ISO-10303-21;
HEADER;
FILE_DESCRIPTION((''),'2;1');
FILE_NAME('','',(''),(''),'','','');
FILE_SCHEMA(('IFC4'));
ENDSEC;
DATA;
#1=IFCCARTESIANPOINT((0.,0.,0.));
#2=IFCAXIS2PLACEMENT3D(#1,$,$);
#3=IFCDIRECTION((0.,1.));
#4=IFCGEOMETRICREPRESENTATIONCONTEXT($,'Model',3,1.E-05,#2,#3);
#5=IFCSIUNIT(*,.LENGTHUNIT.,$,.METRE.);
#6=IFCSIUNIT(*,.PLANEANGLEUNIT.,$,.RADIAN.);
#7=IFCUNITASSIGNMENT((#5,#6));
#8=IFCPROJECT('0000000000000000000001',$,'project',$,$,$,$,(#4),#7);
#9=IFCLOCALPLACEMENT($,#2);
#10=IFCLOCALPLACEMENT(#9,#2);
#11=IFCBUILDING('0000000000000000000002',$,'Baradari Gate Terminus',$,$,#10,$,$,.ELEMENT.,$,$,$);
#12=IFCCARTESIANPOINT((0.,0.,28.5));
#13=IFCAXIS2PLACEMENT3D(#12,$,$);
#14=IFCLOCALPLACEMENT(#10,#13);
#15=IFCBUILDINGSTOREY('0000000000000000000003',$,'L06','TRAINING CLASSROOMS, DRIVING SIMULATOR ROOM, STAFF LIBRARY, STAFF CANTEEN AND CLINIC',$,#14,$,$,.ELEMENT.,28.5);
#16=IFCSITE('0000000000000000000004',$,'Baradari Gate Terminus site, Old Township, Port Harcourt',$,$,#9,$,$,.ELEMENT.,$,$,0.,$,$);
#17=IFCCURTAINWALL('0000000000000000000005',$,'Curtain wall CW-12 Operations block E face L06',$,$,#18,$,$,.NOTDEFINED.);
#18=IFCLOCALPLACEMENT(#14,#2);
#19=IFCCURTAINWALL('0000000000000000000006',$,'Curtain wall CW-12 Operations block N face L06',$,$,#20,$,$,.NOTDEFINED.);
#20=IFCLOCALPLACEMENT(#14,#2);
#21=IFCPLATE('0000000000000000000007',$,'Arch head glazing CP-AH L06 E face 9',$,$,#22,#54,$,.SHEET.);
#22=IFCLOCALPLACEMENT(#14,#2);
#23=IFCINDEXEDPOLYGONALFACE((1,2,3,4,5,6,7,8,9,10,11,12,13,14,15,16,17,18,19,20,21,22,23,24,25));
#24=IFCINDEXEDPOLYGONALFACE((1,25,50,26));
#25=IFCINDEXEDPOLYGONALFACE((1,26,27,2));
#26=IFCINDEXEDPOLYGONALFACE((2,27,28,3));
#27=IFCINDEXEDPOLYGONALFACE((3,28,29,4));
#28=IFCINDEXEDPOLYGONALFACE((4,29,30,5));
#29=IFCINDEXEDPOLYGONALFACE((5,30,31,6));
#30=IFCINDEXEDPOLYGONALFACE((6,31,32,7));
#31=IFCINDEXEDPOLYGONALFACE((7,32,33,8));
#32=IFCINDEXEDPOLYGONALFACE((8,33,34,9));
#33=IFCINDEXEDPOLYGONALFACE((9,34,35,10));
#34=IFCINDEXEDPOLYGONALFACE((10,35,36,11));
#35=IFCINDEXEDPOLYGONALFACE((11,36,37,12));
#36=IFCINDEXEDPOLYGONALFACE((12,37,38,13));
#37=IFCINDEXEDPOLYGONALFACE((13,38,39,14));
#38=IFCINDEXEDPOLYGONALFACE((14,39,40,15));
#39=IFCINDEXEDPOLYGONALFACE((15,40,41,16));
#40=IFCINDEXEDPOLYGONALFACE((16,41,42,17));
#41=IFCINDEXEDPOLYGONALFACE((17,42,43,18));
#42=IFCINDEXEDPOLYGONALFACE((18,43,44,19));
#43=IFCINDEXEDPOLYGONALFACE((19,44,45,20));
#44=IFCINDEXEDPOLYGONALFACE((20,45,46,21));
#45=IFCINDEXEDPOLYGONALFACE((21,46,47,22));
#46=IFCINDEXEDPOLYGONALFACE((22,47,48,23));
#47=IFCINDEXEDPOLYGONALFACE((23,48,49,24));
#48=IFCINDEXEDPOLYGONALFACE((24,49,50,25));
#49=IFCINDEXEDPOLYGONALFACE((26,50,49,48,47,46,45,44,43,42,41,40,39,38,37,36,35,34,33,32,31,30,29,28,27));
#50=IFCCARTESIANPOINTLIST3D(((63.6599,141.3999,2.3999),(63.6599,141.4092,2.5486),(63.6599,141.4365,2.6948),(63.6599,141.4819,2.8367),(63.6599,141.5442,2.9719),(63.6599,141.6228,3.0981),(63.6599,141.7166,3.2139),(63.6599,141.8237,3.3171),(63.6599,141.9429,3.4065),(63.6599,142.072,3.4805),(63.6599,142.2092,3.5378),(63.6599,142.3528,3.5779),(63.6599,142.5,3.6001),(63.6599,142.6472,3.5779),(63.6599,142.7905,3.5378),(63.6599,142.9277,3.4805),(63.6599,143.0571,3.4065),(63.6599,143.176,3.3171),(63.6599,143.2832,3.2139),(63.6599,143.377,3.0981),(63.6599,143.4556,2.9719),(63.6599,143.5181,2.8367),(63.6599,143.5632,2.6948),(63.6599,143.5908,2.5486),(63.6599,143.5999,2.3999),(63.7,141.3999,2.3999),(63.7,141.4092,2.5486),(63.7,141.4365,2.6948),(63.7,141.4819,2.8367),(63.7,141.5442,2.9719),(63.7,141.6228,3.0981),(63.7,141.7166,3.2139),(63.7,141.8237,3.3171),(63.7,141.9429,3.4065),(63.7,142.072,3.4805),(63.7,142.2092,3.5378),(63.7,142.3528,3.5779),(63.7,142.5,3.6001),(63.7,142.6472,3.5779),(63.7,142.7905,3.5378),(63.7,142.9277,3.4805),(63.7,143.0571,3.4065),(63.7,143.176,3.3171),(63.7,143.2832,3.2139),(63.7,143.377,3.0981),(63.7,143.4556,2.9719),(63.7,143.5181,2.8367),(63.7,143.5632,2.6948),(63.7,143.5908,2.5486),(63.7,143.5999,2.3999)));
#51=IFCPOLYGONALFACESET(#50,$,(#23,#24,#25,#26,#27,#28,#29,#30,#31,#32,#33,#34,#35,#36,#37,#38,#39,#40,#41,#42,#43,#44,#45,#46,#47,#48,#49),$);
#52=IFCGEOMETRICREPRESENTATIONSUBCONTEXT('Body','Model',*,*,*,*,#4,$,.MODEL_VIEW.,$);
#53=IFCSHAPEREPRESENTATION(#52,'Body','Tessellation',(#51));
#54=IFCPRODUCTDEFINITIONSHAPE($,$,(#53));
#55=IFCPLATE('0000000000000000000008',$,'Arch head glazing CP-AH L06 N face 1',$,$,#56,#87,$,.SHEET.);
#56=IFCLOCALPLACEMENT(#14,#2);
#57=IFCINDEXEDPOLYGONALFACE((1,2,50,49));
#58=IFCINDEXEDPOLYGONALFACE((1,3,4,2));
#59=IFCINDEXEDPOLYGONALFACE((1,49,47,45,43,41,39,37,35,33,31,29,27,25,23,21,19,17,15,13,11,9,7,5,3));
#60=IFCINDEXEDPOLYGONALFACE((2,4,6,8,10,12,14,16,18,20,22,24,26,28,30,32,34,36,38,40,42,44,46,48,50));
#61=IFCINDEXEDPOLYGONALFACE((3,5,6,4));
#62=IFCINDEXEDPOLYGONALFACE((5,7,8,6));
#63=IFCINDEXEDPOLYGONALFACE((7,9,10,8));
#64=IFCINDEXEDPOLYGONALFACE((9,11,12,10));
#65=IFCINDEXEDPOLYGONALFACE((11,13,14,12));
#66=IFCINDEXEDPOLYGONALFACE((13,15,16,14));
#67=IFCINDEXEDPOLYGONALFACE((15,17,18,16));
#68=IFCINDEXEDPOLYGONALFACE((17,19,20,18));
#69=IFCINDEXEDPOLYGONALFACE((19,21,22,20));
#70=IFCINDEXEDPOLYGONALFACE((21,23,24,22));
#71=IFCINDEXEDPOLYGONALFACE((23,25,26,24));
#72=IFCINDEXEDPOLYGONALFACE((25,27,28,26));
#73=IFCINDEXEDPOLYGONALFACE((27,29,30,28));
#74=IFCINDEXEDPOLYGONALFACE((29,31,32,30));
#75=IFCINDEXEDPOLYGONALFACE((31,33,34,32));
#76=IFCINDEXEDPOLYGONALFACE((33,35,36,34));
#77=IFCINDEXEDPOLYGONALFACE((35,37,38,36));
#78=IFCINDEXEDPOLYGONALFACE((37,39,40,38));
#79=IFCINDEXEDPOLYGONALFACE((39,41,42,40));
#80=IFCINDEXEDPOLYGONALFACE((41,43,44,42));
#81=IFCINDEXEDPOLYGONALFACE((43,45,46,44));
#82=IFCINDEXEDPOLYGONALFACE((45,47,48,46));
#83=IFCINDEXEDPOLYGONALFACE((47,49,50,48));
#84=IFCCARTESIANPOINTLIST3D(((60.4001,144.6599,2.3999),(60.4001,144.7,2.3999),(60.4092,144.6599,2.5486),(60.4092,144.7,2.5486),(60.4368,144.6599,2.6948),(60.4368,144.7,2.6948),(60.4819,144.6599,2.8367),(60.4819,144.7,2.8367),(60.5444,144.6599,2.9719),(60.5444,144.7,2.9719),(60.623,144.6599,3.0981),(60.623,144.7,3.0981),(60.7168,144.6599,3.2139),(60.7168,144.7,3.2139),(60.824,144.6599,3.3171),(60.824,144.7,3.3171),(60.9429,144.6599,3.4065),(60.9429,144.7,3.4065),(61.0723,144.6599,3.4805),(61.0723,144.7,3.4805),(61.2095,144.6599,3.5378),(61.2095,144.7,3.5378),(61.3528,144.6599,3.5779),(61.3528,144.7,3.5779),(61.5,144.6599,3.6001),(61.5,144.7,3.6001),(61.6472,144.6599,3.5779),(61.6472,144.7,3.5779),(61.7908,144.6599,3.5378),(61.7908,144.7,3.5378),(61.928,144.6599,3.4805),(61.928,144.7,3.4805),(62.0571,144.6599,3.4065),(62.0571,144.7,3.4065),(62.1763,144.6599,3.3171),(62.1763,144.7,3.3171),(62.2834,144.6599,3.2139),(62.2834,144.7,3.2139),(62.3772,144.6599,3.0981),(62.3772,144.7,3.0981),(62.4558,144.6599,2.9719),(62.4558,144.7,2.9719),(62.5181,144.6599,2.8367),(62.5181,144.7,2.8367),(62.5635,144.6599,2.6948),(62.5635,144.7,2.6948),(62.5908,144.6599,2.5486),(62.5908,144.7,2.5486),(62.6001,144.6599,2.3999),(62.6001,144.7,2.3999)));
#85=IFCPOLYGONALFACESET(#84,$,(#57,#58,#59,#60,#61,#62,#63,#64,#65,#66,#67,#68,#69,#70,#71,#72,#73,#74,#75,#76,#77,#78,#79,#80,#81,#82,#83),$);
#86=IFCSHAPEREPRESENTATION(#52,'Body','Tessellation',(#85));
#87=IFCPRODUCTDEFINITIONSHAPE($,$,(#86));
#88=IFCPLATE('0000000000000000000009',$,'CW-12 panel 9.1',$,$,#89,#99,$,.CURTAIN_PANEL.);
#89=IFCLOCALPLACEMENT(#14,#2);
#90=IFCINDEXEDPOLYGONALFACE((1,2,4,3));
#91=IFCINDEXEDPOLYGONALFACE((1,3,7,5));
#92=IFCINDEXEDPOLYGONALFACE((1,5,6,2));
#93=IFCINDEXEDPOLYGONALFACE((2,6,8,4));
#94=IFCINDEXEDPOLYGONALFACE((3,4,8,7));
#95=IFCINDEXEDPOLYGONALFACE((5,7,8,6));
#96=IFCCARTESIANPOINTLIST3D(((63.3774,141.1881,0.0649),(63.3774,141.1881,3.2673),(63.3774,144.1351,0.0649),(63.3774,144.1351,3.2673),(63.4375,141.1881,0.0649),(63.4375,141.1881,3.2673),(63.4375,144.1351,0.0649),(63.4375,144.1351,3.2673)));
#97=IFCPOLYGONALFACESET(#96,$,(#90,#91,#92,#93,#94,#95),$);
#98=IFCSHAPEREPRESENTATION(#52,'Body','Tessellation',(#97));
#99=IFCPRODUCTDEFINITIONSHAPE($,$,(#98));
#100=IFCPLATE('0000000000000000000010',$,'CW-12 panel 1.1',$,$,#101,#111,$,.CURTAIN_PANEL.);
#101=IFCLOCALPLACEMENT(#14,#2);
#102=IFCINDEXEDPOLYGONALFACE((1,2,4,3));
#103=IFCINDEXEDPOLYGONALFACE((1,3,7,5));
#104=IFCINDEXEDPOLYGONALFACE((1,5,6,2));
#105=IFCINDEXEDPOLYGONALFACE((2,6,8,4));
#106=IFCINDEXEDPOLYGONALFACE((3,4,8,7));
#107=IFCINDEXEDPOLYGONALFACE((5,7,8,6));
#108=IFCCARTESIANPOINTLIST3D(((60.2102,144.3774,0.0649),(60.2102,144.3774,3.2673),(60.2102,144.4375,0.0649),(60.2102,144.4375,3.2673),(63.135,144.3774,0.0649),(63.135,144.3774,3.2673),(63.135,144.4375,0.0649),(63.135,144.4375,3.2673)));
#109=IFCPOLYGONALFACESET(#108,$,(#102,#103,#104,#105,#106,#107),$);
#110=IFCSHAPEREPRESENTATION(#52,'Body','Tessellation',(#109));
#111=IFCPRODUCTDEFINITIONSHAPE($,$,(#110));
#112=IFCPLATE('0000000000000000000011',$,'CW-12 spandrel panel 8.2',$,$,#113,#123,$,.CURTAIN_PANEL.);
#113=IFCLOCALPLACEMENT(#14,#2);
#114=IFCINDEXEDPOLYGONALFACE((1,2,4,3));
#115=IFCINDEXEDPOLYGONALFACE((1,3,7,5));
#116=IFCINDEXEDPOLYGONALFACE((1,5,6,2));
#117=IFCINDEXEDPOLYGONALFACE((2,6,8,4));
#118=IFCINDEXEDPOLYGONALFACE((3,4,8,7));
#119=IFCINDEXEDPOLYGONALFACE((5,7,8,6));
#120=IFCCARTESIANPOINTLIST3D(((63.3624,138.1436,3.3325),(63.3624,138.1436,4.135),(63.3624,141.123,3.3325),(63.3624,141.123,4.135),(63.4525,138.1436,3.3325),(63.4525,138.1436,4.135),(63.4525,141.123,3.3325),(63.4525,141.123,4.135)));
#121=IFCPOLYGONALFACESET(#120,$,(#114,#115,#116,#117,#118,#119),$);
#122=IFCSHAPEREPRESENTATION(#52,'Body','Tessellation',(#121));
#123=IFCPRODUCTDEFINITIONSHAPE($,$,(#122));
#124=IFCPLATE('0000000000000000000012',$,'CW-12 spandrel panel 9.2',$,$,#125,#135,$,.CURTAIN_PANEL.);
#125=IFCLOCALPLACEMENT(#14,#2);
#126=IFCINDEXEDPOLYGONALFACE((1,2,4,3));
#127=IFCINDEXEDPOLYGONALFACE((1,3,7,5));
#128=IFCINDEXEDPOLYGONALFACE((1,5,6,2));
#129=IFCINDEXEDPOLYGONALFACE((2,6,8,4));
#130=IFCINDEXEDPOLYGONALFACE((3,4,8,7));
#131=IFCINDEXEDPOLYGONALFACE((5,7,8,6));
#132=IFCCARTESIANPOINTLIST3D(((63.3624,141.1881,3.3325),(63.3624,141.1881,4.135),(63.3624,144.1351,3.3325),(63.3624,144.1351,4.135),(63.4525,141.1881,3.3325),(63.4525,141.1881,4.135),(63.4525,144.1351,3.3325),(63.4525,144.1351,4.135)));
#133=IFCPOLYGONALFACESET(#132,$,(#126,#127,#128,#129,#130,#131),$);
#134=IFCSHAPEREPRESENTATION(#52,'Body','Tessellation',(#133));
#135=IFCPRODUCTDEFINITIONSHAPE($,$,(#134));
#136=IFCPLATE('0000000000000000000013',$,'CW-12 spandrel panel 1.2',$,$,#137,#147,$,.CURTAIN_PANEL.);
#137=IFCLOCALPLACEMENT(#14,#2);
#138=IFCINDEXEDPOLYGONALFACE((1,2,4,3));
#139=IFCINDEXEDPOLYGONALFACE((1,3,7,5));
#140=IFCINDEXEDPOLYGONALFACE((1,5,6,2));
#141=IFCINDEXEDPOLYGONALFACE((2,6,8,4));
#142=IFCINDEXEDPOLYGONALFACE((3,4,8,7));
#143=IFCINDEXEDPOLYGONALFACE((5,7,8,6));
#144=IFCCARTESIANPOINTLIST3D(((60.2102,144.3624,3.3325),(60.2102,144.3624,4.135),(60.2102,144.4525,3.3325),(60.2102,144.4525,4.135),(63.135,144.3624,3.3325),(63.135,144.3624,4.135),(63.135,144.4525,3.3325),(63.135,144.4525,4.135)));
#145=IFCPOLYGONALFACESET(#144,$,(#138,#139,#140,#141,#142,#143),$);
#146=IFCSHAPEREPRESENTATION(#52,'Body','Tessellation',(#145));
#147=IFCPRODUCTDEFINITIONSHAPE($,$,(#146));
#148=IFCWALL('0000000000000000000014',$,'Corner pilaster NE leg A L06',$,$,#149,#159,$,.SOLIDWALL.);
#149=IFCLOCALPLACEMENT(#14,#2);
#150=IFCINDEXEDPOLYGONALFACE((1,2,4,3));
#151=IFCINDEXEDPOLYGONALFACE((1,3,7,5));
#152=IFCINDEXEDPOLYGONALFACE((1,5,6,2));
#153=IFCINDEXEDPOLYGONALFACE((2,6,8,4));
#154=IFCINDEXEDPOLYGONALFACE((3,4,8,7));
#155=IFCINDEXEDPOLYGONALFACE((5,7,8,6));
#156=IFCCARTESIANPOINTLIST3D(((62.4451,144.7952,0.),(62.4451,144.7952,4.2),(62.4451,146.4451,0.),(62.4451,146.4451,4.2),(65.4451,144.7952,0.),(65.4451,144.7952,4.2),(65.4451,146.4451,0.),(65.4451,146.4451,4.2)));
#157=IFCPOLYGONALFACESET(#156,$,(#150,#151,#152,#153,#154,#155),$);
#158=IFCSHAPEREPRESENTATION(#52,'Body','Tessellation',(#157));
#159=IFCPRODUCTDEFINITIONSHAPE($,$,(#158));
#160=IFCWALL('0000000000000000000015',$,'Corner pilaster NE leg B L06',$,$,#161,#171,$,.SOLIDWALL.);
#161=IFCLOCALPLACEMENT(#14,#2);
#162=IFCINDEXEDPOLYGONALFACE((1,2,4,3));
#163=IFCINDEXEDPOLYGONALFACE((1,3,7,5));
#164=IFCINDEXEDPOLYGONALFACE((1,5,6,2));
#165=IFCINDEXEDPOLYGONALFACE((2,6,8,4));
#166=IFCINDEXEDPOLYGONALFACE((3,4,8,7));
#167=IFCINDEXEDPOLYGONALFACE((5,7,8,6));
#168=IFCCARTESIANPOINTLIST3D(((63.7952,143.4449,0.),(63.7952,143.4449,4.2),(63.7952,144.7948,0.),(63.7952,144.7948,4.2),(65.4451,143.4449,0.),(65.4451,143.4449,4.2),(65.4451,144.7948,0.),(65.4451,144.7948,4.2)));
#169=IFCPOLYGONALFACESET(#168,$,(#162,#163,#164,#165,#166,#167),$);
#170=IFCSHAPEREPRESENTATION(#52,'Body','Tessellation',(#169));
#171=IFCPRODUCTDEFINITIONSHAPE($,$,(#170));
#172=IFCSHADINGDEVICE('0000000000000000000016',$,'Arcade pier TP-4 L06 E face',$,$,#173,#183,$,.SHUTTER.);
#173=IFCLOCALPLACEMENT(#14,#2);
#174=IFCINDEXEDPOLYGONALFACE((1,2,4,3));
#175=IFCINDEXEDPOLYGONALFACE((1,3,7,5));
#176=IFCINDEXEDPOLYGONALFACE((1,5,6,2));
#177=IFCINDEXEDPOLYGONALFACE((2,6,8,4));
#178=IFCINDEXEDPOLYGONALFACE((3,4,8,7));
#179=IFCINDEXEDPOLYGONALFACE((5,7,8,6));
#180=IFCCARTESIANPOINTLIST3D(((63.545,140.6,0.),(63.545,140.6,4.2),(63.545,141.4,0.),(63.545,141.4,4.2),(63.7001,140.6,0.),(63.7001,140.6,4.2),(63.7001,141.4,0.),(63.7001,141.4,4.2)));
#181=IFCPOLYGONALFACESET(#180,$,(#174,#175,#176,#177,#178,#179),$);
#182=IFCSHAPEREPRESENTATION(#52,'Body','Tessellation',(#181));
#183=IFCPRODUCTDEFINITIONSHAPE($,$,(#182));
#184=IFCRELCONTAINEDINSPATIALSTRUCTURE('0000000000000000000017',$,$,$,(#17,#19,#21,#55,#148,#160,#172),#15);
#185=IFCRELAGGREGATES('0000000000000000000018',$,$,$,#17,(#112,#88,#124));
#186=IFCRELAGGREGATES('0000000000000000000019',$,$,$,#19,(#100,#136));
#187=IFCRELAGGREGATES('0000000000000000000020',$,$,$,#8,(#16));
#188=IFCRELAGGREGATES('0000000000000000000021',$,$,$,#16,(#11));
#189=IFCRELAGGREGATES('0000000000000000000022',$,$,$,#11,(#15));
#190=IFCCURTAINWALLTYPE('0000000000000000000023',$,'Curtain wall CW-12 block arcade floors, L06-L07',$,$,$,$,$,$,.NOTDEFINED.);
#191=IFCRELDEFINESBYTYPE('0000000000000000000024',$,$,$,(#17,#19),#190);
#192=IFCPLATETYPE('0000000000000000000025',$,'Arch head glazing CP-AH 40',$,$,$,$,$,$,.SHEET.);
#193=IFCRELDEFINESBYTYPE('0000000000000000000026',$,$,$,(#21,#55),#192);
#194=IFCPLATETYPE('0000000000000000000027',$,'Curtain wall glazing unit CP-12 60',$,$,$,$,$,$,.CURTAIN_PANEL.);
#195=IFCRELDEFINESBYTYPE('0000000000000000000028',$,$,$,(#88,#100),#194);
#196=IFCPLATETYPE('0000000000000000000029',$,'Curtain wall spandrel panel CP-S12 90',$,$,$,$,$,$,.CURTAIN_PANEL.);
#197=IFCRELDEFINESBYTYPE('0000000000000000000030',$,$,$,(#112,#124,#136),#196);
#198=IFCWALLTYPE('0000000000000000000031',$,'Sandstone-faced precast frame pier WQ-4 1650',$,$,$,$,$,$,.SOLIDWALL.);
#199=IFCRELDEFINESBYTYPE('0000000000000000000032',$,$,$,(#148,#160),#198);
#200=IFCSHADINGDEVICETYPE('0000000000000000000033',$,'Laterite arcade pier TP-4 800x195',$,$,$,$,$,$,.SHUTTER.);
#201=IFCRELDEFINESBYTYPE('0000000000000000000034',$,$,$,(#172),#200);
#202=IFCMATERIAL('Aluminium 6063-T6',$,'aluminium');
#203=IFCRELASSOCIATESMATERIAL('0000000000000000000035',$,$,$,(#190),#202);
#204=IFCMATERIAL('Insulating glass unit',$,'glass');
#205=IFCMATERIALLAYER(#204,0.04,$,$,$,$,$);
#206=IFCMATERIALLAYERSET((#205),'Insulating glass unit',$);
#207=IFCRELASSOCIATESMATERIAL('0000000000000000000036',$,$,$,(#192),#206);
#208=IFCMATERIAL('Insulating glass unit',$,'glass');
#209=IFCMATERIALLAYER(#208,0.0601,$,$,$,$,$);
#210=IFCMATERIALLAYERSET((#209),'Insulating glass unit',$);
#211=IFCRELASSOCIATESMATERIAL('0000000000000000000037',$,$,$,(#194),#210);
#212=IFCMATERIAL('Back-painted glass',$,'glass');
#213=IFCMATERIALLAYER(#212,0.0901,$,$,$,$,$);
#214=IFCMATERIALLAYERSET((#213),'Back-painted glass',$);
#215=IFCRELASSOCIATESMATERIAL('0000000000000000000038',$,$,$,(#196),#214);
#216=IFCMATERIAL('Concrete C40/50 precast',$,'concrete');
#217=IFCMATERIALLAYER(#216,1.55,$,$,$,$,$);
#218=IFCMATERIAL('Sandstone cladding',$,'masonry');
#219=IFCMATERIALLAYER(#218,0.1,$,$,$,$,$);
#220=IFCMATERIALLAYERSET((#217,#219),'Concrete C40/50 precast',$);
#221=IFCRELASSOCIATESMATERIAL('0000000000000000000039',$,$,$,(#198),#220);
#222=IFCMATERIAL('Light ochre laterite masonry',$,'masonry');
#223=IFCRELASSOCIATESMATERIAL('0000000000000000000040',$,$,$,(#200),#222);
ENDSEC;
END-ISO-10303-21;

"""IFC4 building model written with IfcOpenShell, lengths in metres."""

from ifc_helpers import new_model, si_unit, direction, frame, frame_2d, origin, origin_2d, place, context, subcontext, project, spatial, polyline, rectangle, outline, extrude, material, layer, layer_set, type_object, element, aggregate, save


model = new_model("IFC4")

# Units and contexts
model_context = context("Model", 3, precision=1e-05, world=origin(), true_north=direction((0.0, 1.0)))
body_context = subcontext(model_context, "Body", "Model", "MODEL_VIEW")
ifc_project = project(units=[si_unit("LENGTHUNIT", "METRE"), si_unit("PLANEANGLEUNIT", "RADIAN")], contexts=[model_context])

# Site, building, storey
site_placement = place(None, origin())
site = spatial("IfcSite", under=ifc_project, at=site_placement, Name="Baradari Gate Terminus site, Old Township, Port Harcourt", CompositionType="ELEMENT", RefElevation=0.0)
building_placement = place(site_placement, origin())
building = spatial("IfcBuilding", under=site, at=building_placement, Name="Baradari Gate Terminus", CompositionType="ELEMENT")
storey_placement = place(building_placement, frame((0.0, 0.0, 28.5)))
storey = spatial("IfcBuildingStorey", under=building, at=storey_placement, Name="L06", Description="TRAINING CLASSROOMS, DRIVING SIMULATOR ROOM, STAFF LIBRARY, STAFF CANTEEN AND CLINIC", CompositionType="ELEMENT", Elevation=28.5)

# Curtain wall
ifc_material_1 = material(Name="Aluminium 6063-T6", Category="aluminium")
curtain_wall_type = type_object("IfcCurtainWallType", Name="Curtain wall CW-12 block arcade floors, L06-L07", PredefinedType="NOTDEFINED", material=ifc_material_1)
curtain_wall_1_placement = place(storey_placement, origin())
curtain_wall_1 = element("IfcCurtainWall", 1, at=curtain_wall_1_placement, inside=storey, type_object=curtain_wall_type, Name="Curtain wall CW-12 Operations block E face L06", PredefinedType="NOTDEFINED")

# Curtain wall
curtain_wall_2_placement = place(storey_placement, origin())
curtain_wall_2 = element("IfcCurtainWall", 2, at=curtain_wall_2_placement, inside=storey, type_object=curtain_wall_type, Name="Curtain wall CW-12 Operations block N face L06", PredefinedType="NOTDEFINED")

# Plates
ifc_material_2 = material(Name="Insulating glass unit", Category="glass")
ifc_layer_1 = layer(ifc_material_2, 0.04)
ifc_layer_set_1 = layer_set([ifc_layer_1], Name="Insulating glass unit")
plate_type_1 = type_object("IfcPlateType", Name="Arch head glazing CP-AH 40", PredefinedType="SHEET", material=ifc_layer_set_1)
for number, where, z_axis, x_axis, name in (
    (3, (63.6799, 141.3999, 2.3999), (0.0, 0.0, 1.0), (0.0, 1.0, 0.0), "Arch head glazing CP-AH L06 E face 9"),
    (4, (62.6001, 144.6799, 2.3999), (0.0, 0.0, 1.0), (-1.0, 0.0, 0.0), "Arch head glazing CP-AH L06 N face 1"),
):
    element("IfcPlate", number, at=place(storey_placement, frame(where, z_axis=z_axis, x_axis=x_axis)), inside=storey, type_object=plate_type_1, Name=name, PredefinedType="SHEET", context=body_context, shape_type="SweptSolid", body=[
        extrude(outline(polyline([(0.0, 0.0), (2.2, 0.0), (2.1909, 0.1487), (2.1633, 0.2949), (2.1182, 0.4368), (2.0557, 0.572), (1.9771, 0.6982), (1.8833, 0.814), (1.7761, 0.9172), (1.6572, 1.0066), (1.5278, 1.0806), (1.3906, 1.1379), (1.2473, 1.178), (1.1001, 1.2002), (0.9529, 1.178), (0.8093, 1.1379), (0.6721, 1.0806), (0.543, 1.0066), (0.4238, 0.9172), (0.3167, 0.814), (0.2229, 0.6982), (0.1443, 0.572), (0.082, 0.4368), (0.0366, 0.2949), (0.0093, 0.1487), (0.0, 0.0)])), frame((0.0, 0.02, 0.0), z_axis=(0.0, -1.0, 0.0), x_axis=(1.0, 0.0, 0.0)), (0.0, 0.0, 1.0), 0.04),
    ])

# Plates
ifc_material_3 = material(Name="Insulating glass unit", Category="glass")
ifc_layer_2 = layer(ifc_material_3, 0.0601)
ifc_layer_set_2 = layer_set([ifc_layer_2], Name="Insulating glass unit")
plate_type_2 = type_object("IfcPlateType", Name="Curtain wall glazing unit CP-12 60", PredefinedType="CURTAIN_PANEL", material=ifc_layer_set_2)
plate_1_placement = place(storey_placement, frame((63.4075, 142.6616, 0.0649), z_axis=(0.0, 0.0, 1.0), x_axis=(0.0, 1.0, 0.0)))
plate_1 = element("IfcPlate", 5, at=plate_1_placement, type_object=plate_type_2, Name="CW-12 panel 9.1", PredefinedType="CURTAIN_PANEL", context=body_context, shape_type="SweptSolid", body=[
    extrude(rectangle(XDim=2.947, YDim=0.0601, at=origin_2d()), origin(), (0.0, 0.0, 1.0), 3.2024),
])
plate_2_placement = place(storey_placement, frame((61.6726, 144.4075, 0.0649), z_axis=(0.0, 0.0, 1.0), x_axis=(-1.0, 0.0, 0.0)))
plate_2 = element("IfcPlate", 6, at=plate_2_placement, type_object=plate_type_2, Name="CW-12 panel 1.1", PredefinedType="CURTAIN_PANEL", context=body_context, shape_type="SweptSolid", body=[
    extrude(rectangle(XDim=2.9248, YDim=0.0601, at=origin_2d()), origin(), (0.0, 0.0, 1.0), 3.2024),
])
ifc_material_4 = material(Name="Back-painted glass", Category="glass")
ifc_layer_3 = layer(ifc_material_4, 0.0901)
ifc_layer_set_3 = layer_set([ifc_layer_3], Name="Back-painted glass")
plate_type_3 = type_object("IfcPlateType", Name="Curtain wall spandrel panel CP-S12 90", PredefinedType="CURTAIN_PANEL", material=ifc_layer_set_3)
plate_3_placement = place(storey_placement, frame((63.4075, 139.6333, 3.3325), z_axis=(0.0, 0.0, 1.0), x_axis=(0.0, 1.0, 0.0)))
plate_3 = element("IfcPlate", 7, at=plate_3_placement, type_object=plate_type_3, Name="CW-12 spandrel panel 8.2", PredefinedType="CURTAIN_PANEL", context=body_context, shape_type="SweptSolid", body=[
    extrude(rectangle(XDim=2.9795, YDim=0.0901, at=origin_2d()), origin(), (0.0, 0.0, 1.0), 0.8025),
])
plate_4_placement = place(storey_placement, frame((63.4075, 142.6616, 3.3325), z_axis=(0.0, 0.0, 1.0), x_axis=(0.0, 1.0, 0.0)))
plate_4 = element("IfcPlate", 8, at=plate_4_placement, type_object=plate_type_3, Name="CW-12 spandrel panel 9.2", PredefinedType="CURTAIN_PANEL", context=body_context, shape_type="SweptSolid", body=[
    extrude(rectangle(XDim=2.947, YDim=0.0901, at=origin_2d()), origin(), (0.0, 0.0, 1.0), 0.8025),
])
aggregate(curtain_wall_1, [plate_3, plate_1, plate_4])
plate_5_placement = place(storey_placement, frame((61.6726, 144.4075, 3.3325), z_axis=(0.0, 0.0, 1.0), x_axis=(-1.0, 0.0, 0.0)))
plate_5 = element("IfcPlate", 9, at=plate_5_placement, type_object=plate_type_3, Name="CW-12 spandrel panel 1.2", PredefinedType="CURTAIN_PANEL", context=body_context, shape_type="SweptSolid", body=[
    extrude(rectangle(XDim=2.9248, YDim=0.0901, at=origin_2d()), origin(), (0.0, 0.0, 1.0), 0.8025),
])
aggregate(curtain_wall_2, [plate_2, plate_5])

# Walls
ifc_material_5 = material(Name="Concrete C40/50 precast", Category="concrete")
ifc_layer_4 = layer(ifc_material_5, 1.55)
ifc_material_6 = material(Name="Sandstone cladding", Category="masonry")
ifc_layer_5 = layer(ifc_material_6, 0.1)
ifc_layer_set_4 = layer_set([ifc_layer_4, ifc_layer_5], Name="Concrete C40/50 precast")
wall_type = type_object("IfcWallType", Name="Sandstone-faced precast frame pier WQ-4 1650", PredefinedType="SOLIDWALL", material=ifc_layer_set_4)
wall_1_placement = place(storey_placement, frame((62.4451, 145.6201, 0.0), z_axis=(0.0, 0.0, 1.0), x_axis=(1.0, 0.0, 0.0)))
element("IfcWall", 10, at=wall_1_placement, inside=storey, type_object=wall_type, Name="Corner pilaster NE leg A L06", PredefinedType="SOLIDWALL", context=body_context, shape_type="SweptSolid", body=[
    extrude(rectangle(XDim=3.0, YDim=1.6499, at=frame_2d((1.5, 0.0))), origin(), (0.0, 0.0, 1.0), 4.2),
])
wall_2_placement = place(storey_placement, frame((64.6201, 143.4451, 0.0), z_axis=(0.0, 0.0, 1.0), x_axis=(0.0, 1.0, 0.0)))
element("IfcWall", 11, at=wall_2_placement, inside=storey, type_object=wall_type, Name="Corner pilaster NE leg B L06", PredefinedType="SOLIDWALL", context=body_context, shape_type="SweptSolid", body=[
    extrude(rectangle(XDim=1.3499, YDim=1.6499, at=frame_2d((0.6748, 0.0))), origin(), (0.0, 0.0, 1.0), 4.2),
])

# Shading device
ifc_material_7 = material(Name="Light ochre laterite masonry", Category="masonry")
shading_device_type = type_object("IfcShadingDeviceType", Name="Laterite arcade pier TP-4 800x195", PredefinedType="SHUTTER", material=ifc_material_7)
shading_device_placement = place(storey_placement, frame((63.6226, 141.0, 0.0), z_axis=(0.0, 0.0, 1.0), x_axis=(0.0, 1.0, 0.0)))
element("IfcShadingDevice", 12, at=shading_device_placement, inside=storey, type_object=shading_device_type, Name="Arcade pier TP-4 L06 E face", PredefinedType="SHUTTER", context=body_context, shape_type="SweptSolid", body=[
    extrude(rectangle(XDim=0.8, YDim=0.155, at=origin_2d()), origin(), (0.0, 0.0, 1.0), 4.2),
])

save(model, "model.ifc")
